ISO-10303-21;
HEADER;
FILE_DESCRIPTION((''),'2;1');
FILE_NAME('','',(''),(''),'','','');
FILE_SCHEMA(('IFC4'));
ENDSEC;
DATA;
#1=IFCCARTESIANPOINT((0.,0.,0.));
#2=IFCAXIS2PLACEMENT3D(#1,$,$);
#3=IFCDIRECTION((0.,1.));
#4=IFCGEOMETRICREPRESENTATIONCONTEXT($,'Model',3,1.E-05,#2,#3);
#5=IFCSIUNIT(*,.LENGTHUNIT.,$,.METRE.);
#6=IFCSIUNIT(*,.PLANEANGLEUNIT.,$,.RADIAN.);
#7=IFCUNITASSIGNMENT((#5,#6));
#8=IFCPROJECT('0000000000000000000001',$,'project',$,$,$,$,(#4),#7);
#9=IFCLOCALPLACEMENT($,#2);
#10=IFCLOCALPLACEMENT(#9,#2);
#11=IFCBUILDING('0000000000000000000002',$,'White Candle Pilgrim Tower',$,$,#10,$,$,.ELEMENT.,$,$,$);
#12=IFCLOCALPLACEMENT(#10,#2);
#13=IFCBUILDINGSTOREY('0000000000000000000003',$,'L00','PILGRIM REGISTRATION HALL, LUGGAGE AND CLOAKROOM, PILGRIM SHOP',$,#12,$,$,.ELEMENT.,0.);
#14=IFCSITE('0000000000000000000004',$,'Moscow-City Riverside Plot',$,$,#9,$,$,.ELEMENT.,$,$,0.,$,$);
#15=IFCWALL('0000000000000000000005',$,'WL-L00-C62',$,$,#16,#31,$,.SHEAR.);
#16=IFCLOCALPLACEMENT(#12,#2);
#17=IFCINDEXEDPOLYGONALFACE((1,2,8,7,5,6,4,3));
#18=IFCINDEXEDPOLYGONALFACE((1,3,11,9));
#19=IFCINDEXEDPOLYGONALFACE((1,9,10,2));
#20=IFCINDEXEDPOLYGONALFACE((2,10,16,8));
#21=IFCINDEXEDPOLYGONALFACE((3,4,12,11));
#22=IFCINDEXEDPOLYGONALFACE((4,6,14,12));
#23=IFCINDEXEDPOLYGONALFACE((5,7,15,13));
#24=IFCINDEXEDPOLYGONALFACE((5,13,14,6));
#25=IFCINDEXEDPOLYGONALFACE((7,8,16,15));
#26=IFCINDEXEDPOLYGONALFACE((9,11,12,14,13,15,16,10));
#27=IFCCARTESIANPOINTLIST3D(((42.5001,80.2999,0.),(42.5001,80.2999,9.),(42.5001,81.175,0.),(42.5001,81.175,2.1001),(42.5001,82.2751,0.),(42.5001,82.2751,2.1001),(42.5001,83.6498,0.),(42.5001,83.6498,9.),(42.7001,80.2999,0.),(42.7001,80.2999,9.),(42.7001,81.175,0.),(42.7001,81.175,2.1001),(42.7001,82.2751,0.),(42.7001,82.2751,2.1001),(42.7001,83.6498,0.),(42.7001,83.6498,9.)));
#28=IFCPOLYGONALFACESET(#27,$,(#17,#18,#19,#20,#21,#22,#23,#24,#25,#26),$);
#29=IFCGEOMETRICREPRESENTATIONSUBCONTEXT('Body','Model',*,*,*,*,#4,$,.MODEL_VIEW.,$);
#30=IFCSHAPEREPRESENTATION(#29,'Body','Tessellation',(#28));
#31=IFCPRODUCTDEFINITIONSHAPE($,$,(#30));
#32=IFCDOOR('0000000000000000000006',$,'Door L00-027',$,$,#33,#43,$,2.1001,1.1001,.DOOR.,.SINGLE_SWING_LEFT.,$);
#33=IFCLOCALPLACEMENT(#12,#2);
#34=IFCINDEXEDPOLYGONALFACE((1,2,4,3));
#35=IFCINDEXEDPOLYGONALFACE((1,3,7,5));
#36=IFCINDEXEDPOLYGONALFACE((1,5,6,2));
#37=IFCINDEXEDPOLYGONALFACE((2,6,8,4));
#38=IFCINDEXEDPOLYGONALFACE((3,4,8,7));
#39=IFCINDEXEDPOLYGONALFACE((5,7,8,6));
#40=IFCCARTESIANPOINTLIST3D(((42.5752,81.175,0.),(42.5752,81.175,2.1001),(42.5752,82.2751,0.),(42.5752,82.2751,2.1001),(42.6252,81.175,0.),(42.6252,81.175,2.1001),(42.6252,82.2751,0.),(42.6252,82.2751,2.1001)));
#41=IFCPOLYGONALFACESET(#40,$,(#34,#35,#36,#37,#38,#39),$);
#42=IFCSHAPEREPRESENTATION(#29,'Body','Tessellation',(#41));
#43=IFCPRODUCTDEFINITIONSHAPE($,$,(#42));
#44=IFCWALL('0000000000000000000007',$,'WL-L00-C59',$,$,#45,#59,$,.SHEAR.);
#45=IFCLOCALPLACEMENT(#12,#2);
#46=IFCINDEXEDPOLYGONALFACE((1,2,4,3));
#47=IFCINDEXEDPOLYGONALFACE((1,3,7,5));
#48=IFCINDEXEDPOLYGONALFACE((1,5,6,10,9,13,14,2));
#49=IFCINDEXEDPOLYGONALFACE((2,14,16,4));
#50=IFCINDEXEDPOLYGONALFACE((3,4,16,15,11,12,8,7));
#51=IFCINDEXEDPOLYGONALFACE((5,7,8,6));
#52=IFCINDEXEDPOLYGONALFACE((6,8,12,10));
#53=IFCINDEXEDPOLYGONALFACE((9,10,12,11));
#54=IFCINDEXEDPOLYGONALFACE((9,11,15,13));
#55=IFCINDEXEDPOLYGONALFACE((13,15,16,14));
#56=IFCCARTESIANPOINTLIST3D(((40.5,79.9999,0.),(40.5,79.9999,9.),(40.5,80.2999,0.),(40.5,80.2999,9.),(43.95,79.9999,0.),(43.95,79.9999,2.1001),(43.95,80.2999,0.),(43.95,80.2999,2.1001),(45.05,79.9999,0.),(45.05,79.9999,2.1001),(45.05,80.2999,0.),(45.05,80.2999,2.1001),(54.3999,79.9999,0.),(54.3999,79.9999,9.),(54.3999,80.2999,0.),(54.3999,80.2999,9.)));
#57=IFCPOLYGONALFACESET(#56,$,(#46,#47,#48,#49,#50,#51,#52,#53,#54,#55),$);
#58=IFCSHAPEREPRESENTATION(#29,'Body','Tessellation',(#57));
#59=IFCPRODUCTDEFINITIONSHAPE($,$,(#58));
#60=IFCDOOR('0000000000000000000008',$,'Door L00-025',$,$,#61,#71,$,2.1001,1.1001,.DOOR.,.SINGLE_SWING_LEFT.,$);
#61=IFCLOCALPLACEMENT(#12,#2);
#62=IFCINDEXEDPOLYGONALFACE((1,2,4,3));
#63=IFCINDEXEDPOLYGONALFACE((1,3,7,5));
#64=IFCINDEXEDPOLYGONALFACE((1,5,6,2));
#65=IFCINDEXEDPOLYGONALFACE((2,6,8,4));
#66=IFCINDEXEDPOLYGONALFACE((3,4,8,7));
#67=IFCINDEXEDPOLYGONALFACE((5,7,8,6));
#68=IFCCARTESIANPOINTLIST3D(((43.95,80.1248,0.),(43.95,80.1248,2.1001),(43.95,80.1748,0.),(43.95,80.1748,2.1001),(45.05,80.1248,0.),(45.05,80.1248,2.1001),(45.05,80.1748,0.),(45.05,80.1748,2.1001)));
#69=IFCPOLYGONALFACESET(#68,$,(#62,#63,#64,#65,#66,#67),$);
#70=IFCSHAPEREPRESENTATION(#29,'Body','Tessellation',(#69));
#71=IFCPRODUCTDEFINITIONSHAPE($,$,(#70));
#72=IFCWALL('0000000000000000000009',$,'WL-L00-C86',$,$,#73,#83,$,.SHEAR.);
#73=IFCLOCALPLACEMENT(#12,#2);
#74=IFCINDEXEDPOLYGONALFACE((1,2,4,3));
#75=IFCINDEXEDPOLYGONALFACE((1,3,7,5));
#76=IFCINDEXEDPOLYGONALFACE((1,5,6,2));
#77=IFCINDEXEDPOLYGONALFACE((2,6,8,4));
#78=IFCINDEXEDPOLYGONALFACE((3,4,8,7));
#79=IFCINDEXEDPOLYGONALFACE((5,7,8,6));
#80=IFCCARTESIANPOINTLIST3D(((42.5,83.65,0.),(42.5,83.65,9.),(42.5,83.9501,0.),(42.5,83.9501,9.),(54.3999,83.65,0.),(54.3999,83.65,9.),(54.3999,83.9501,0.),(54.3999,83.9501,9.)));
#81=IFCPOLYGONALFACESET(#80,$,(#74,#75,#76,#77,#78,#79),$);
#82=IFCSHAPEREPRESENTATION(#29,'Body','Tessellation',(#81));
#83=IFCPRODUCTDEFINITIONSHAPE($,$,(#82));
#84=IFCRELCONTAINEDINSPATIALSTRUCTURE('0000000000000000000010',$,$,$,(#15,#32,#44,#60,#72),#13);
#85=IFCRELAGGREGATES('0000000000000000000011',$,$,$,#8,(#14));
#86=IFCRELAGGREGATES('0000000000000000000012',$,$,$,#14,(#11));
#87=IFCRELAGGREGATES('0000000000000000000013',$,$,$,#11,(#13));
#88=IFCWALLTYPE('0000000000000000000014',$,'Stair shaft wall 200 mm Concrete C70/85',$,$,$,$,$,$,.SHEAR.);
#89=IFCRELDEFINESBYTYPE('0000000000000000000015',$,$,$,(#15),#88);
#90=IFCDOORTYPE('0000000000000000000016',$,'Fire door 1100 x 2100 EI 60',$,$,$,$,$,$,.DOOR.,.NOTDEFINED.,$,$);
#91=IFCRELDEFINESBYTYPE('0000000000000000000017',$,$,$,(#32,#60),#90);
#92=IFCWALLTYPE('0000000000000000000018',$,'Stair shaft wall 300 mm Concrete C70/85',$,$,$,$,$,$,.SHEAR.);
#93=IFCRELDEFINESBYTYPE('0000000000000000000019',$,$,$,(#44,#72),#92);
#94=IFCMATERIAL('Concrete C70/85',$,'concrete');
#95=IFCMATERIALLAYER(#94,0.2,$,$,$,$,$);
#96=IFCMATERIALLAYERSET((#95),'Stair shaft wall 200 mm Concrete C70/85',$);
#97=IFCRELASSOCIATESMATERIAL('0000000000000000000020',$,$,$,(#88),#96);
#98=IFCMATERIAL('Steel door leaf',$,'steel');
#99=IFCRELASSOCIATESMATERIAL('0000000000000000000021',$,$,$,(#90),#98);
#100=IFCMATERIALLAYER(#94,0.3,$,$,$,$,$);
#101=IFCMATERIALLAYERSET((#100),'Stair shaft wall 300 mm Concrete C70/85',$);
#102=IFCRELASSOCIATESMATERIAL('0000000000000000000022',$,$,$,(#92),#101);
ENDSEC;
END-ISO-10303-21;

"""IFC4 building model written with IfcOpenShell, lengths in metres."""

from ifc_helpers import new_model, si_unit, direction, frame, frame_2d, origin, place, context, subcontext, project, spatial, rectangle, extrude, material, layer, layer_set, type_object, element, fill, save


model = new_model("IFC4")

# Units and contexts
model_context = context("Model", 3, precision=1e-05, world=origin(), true_north=direction((0.0, 1.0)))
body_context = subcontext(model_context, "Body", "Model", "MODEL_VIEW")
ifc_project = project(units=[si_unit("LENGTHUNIT", "METRE"), si_unit("PLANEANGLEUNIT", "RADIAN")], contexts=[model_context])

# Site, building, storey
site_placement = place(None, origin())
site = spatial("IfcSite", under=ifc_project, at=site_placement, Name="Moscow-City Riverside Plot", CompositionType="ELEMENT", RefElevation=0.0)
building_placement = place(site_placement, origin())
building = spatial("IfcBuilding", under=site, at=building_placement, Name="White Candle Pilgrim Tower", CompositionType="ELEMENT")
storey_placement = place(building_placement, origin())
storey = spatial("IfcBuildingStorey", under=building, at=storey_placement, Name="L00", Description="PILGRIM REGISTRATION HALL, LUGGAGE AND CLOAKROOM, PILGRIM SHOP", CompositionType="ELEMENT", Elevation=0.0)

# Shared definitions
ifc_material_1 = material(Name="Steel door leaf", Category="steel")

# Walls, openings, doors
ifc_material_2 = material(Name="Concrete C70/85", Category="concrete")
ifc_layer_1 = layer(ifc_material_2, 0.2)
ifc_layer_set_1 = layer_set([ifc_layer_1], Name="Stair shaft wall 200 mm Concrete C70/85")
wall_type_1 = type_object("IfcWallType", Name="Stair shaft wall 200 mm Concrete C70/85", PredefinedType="SHEAR", material=ifc_layer_set_1)
wall_1_placement = place(storey_placement, frame((42.6001, 80.3, 0.0), z_axis=(0.0, 0.0, 1.0), x_axis=(0.0, 1.0, 0.0)))
wall_1 = element("IfcWall", 1, at=wall_1_placement, inside=storey, type_object=wall_type_1, Name="WL-L00-C62", PredefinedType="SHEAR", context=body_context, shape_type="SweptSolid", body=[
    extrude(rectangle(XDim=3.3499, YDim=0.2, at=frame_2d((1.6748, 0.0))), origin(), (0.0, 0.0, 1.0), 9.0),
])
opening_1_placement = place(wall_1_placement, frame((0.875, 0.0, 0.0)))
opening_1 = element("IfcOpeningElement", 2, at=opening_1_placement, cuts=wall_1, PredefinedType="OPENING", context=body_context, shape_type="SweptSolid", body=[
    extrude(rectangle(XDim=1.1001, YDim=2.1001, at=frame_2d((0.55, 1.05))), frame((0.0, 0.1099, 0.0), z_axis=(0.0, -1.0, 0.0), x_axis=(1.0, 0.0, 0.0)), (0.0, 0.0, 1.0), 0.22),
])
door_type_1 = type_object("IfcDoorType", Name="Fire door 1100 x 2100 EI 60", OperationType="NOTDEFINED", PredefinedType="DOOR", material=ifc_material_1)
door_1_placement = place(opening_1_placement, origin())
door_1 = element("IfcDoor", 3, at=door_1_placement, inside=storey, type_object=door_type_1, Name="Door L00-027", OperationType="SINGLE_SWING_LEFT", OverallHeight=2.1001, OverallWidth=1.1001, PredefinedType="DOOR", context=body_context, shape_type="SweptSolid", body=[
    extrude(rectangle(XDim=1.1001, YDim=2.1001, at=frame_2d((0.55, 1.05))), frame((0.0, 0.0249, 0.0), z_axis=(0.0, -1.0, 0.0), x_axis=(1.0, 0.0, 0.0)), (0.0, 0.0, 1.0), 0.05),
])
fill(opening_1, door_1)
ifc_layer_2 = layer(ifc_material_2, 0.3)
ifc_layer_set_2 = layer_set([ifc_layer_2], Name="Stair shaft wall 300 mm Concrete C70/85")
wall_type_2 = type_object("IfcWallType", Name="Stair shaft wall 300 mm Concrete C70/85", PredefinedType="SHEAR", material=ifc_layer_set_2)
wall_2_placement = place(storey_placement, frame((40.5, 80.1499, 0.0), z_axis=(0.0, 0.0, 1.0), x_axis=(1.0, 0.0, 0.0)))
wall_2 = element("IfcWall", 4, at=wall_2_placement, inside=storey, type_object=wall_type_2, Name="WL-L00-C59", PredefinedType="SHEAR", context=body_context, shape_type="SweptSolid", body=[
    extrude(rectangle(XDim=13.8999, YDim=0.3, at=frame_2d((6.95, 0.0))), origin(), (0.0, 0.0, 1.0), 9.0),
])
opening_2_placement = place(wall_2_placement, frame((3.45, 0.0, 0.0)))
opening_2 = element("IfcOpeningElement", 5, at=opening_2_placement, cuts=wall_2, PredefinedType="OPENING", context=body_context, shape_type="SweptSolid", body=[
    extrude(rectangle(XDim=1.1001, YDim=2.1001, at=frame_2d((0.55, 1.05))), frame((0.0, 0.1599, 0.0), z_axis=(0.0, -1.0, 0.0), x_axis=(1.0, 0.0, 0.0)), (0.0, 0.0, 1.0), 0.3201),
])
door_2_placement = place(opening_2_placement, origin())
door_2 = element("IfcDoor", 6, at=door_2_placement, inside=storey, type_object=door_type_1, Name="Door L00-025", OperationType="SINGLE_SWING_LEFT", OverallHeight=2.1001, OverallWidth=1.1001, PredefinedType="DOOR", context=body_context, shape_type="SweptSolid", body=[
    extrude(rectangle(XDim=1.1001, YDim=2.1001, at=frame_2d((0.55, 1.05))), frame((0.0, 0.0249, 0.0), z_axis=(0.0, -1.0, 0.0), x_axis=(1.0, 0.0, 0.0)), (0.0, 0.0, 1.0), 0.05),
])
fill(opening_2, door_2)

# Wall
wall_3_placement = place(storey_placement, frame((42.5, 83.8, 0.0), z_axis=(0.0, 0.0, 1.0), x_axis=(1.0, 0.0, 0.0)))
element("IfcWall", 7, at=wall_3_placement, inside=storey, type_object=wall_type_2, Name="WL-L00-C86", PredefinedType="SHEAR", context=body_context, shape_type="SweptSolid", body=[
    extrude(rectangle(XDim=11.8999, YDim=0.3, at=frame_2d((5.95, 0.0))), origin(), (0.0, 0.0, 1.0), 9.0),
])

save(model, "model.ifc")
